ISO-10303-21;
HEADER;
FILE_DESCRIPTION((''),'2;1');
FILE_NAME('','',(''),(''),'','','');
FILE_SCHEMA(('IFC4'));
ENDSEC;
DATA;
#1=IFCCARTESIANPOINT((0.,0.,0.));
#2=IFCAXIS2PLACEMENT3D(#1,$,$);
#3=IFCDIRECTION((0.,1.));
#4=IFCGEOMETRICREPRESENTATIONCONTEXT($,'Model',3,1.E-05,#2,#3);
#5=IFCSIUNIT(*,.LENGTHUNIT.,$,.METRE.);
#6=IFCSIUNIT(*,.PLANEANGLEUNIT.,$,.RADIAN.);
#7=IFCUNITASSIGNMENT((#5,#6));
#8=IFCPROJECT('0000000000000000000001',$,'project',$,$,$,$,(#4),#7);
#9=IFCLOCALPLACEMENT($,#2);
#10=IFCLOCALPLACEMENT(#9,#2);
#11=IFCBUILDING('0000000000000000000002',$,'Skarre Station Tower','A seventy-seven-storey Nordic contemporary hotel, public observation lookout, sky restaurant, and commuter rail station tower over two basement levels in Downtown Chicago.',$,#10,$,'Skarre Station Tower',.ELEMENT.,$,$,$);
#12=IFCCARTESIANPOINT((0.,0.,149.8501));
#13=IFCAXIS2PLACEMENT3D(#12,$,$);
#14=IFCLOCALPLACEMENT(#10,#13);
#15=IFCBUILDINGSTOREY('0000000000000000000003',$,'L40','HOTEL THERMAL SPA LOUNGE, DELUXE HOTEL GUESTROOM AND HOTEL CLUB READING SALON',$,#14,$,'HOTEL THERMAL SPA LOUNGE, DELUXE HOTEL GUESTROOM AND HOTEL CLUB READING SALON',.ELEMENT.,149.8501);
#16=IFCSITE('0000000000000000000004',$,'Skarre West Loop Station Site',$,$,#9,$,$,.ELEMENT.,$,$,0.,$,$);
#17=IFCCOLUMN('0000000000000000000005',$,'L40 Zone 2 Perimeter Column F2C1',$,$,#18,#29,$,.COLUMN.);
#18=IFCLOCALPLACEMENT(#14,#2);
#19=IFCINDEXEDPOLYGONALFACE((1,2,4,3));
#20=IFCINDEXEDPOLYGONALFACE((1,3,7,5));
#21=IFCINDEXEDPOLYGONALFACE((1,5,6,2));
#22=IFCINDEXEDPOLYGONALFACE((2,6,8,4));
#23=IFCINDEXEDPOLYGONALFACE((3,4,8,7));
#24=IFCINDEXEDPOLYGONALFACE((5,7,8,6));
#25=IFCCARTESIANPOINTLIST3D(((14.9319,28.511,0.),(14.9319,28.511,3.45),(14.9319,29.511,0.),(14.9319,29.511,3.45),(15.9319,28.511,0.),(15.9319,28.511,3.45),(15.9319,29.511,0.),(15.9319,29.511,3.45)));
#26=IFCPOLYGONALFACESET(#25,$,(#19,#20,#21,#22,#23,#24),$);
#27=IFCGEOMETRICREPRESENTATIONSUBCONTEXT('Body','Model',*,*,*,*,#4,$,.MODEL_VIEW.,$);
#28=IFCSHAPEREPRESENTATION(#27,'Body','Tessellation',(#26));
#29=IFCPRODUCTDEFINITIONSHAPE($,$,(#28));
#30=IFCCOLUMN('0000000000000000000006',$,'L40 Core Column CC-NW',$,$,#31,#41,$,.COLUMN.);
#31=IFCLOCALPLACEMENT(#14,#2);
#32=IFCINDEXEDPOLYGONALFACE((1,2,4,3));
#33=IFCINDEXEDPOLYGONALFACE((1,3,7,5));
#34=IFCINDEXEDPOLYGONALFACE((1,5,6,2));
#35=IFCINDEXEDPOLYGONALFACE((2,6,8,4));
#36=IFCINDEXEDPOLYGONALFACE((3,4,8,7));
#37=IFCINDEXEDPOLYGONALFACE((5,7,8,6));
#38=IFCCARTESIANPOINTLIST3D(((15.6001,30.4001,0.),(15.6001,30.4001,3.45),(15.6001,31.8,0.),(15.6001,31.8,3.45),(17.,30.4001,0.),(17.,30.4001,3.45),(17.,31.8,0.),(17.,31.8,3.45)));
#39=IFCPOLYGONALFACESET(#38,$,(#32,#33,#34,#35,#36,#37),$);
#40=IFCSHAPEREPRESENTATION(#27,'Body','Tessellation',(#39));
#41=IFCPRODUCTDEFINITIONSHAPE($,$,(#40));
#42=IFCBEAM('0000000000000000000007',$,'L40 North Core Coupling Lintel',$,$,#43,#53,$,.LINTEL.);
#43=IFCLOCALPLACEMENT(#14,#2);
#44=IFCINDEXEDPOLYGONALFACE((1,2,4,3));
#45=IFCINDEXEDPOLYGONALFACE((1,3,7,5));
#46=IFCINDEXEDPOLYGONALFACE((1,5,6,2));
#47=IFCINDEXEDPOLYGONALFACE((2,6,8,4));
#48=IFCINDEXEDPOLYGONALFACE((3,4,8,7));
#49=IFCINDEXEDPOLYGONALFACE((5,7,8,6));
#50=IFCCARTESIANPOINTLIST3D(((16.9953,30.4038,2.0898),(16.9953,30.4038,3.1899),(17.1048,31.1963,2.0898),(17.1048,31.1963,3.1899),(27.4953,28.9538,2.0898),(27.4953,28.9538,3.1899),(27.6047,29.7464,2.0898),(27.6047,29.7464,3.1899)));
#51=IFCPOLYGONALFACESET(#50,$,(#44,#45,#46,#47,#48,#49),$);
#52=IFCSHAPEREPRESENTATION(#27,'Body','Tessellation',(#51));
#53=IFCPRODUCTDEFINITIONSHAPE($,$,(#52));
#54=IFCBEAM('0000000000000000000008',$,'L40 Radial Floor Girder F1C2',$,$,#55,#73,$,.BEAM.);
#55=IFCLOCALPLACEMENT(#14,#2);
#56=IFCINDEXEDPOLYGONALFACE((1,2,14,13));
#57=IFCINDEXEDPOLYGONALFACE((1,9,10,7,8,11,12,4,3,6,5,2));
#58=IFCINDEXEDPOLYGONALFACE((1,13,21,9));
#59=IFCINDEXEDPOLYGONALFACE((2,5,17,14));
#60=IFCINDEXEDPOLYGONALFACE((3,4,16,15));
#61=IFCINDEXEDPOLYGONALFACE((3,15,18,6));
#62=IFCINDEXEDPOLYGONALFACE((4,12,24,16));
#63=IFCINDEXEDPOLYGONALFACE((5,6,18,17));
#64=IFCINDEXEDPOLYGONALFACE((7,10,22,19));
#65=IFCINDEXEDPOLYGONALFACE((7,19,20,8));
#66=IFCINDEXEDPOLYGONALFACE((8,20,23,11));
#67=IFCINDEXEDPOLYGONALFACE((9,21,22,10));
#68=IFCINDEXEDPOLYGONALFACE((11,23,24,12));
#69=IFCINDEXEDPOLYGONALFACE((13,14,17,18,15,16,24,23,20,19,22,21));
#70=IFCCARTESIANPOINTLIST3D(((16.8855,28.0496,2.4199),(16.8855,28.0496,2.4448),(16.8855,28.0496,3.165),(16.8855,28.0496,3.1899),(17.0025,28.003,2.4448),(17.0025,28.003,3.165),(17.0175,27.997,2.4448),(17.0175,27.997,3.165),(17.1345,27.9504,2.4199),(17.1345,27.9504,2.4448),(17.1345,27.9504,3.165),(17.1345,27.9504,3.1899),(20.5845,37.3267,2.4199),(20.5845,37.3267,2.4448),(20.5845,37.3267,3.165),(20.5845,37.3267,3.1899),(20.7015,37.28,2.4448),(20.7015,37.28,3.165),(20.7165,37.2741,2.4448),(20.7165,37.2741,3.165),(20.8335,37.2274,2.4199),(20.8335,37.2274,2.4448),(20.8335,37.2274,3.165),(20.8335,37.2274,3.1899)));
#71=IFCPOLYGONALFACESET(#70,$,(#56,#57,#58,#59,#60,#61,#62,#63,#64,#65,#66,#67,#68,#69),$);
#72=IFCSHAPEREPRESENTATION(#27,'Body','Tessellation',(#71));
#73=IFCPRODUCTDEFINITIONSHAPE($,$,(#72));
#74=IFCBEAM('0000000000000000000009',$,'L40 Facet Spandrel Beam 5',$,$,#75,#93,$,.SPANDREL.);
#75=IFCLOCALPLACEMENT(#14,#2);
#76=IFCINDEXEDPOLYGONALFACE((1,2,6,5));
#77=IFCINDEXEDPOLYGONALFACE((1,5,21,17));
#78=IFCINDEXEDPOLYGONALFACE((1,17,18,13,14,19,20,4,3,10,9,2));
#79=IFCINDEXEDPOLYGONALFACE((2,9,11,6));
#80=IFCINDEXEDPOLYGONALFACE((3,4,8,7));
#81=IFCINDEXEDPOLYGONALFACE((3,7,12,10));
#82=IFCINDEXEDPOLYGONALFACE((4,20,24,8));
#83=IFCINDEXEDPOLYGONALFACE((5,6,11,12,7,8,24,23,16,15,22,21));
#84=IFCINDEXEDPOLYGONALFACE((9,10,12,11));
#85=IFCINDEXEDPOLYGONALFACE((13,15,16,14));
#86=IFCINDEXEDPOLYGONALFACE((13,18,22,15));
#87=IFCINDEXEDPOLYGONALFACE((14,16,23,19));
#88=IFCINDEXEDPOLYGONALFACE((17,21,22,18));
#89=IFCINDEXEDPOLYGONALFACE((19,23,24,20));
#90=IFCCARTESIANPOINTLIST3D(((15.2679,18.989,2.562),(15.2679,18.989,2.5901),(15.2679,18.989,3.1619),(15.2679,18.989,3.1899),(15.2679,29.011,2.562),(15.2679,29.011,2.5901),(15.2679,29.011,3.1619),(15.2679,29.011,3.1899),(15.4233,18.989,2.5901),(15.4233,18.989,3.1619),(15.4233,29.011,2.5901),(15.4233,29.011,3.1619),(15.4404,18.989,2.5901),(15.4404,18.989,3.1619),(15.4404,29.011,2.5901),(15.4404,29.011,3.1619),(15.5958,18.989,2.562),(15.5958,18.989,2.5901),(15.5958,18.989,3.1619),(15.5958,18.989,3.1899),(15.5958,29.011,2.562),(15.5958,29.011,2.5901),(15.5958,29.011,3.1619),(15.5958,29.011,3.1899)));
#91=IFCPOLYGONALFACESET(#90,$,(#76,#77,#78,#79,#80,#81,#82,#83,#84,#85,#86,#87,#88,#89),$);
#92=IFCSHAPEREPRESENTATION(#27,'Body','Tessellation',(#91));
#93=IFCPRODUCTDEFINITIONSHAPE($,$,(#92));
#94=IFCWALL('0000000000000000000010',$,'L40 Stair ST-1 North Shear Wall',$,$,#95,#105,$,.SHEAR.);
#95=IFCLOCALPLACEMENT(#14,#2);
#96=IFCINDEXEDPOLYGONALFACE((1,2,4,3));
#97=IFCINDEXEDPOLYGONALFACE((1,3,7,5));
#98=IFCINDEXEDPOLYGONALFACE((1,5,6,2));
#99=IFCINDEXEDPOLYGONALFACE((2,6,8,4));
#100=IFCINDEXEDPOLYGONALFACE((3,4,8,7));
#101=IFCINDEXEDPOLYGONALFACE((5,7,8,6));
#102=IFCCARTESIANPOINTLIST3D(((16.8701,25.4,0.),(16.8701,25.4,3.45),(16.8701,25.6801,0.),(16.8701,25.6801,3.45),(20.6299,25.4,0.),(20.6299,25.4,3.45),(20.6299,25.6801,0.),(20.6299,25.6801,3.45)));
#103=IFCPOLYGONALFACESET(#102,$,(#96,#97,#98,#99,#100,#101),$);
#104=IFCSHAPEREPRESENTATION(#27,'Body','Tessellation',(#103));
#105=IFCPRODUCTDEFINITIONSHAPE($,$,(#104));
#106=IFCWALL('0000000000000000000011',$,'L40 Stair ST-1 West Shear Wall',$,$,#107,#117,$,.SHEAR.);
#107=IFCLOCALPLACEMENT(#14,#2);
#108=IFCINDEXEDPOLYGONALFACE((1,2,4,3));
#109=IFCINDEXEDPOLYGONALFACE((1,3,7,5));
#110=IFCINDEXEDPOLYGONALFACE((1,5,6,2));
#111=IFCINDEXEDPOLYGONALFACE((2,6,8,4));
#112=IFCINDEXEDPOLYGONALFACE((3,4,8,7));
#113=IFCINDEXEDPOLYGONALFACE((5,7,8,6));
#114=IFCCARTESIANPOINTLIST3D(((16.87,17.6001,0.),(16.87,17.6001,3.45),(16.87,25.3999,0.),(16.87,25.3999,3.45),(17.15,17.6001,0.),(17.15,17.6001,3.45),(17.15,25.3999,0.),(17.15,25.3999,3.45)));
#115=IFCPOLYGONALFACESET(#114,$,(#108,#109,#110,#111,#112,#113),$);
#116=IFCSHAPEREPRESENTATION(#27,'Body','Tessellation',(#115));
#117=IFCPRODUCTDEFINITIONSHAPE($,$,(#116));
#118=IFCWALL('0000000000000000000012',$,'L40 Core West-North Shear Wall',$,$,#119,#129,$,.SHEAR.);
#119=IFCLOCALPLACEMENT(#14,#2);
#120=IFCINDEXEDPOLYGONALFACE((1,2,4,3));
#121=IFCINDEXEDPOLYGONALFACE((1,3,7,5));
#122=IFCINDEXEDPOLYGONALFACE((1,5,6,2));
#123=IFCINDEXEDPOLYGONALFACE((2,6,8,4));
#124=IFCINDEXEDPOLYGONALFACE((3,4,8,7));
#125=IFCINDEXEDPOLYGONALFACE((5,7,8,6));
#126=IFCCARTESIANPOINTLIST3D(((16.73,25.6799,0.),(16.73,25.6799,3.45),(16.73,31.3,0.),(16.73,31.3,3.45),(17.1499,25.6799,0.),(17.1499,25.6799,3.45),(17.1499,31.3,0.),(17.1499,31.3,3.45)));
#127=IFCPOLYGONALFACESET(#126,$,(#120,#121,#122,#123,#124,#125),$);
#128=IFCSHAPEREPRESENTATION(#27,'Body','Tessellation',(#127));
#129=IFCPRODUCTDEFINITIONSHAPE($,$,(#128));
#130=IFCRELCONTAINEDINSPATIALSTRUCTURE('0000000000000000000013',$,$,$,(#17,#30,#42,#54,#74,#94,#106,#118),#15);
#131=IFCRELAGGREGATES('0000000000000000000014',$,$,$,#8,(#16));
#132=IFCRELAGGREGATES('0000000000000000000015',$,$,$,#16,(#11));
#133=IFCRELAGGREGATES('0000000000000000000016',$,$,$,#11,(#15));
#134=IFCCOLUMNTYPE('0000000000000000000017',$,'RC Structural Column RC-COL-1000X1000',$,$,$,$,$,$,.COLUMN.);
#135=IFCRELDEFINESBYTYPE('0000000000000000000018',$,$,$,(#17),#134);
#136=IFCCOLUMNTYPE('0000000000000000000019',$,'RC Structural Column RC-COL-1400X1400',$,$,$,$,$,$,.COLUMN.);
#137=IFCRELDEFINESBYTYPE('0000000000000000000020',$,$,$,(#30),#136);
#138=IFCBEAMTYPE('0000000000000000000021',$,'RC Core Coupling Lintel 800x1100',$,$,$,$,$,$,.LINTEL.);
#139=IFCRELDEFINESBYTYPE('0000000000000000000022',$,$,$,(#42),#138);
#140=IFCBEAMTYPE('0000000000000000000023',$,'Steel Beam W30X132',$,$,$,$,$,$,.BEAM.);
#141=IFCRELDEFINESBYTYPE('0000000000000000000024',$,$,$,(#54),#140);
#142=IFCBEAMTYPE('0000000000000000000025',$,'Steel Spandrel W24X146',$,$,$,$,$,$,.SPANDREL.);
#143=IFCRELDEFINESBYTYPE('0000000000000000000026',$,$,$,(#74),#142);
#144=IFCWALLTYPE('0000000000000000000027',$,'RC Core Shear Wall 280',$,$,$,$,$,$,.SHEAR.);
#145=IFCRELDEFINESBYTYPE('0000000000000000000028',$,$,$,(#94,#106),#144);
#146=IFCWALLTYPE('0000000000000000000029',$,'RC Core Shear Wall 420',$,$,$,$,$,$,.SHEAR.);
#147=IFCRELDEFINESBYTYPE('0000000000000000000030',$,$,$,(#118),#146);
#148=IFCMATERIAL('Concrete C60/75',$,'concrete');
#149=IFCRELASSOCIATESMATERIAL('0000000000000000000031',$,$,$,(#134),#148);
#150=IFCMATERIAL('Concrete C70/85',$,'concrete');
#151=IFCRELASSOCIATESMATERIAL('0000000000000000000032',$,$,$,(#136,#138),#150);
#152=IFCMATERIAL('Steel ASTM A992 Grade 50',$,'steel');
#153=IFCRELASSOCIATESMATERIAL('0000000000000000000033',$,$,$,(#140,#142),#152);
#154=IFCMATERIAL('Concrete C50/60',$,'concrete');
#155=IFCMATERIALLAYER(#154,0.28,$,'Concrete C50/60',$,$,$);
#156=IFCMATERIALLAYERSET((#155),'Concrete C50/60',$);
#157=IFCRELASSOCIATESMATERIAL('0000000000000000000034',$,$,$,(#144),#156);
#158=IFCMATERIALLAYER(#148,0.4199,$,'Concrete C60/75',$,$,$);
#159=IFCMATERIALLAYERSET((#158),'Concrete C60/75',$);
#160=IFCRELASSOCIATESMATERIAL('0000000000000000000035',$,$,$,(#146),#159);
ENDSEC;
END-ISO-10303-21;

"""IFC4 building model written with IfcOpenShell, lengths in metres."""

from ifc_helpers import new_model, si_unit, direction, frame, frame_2d, origin, origin_2d, place, context, subcontext, project, spatial, rectangle, i_section, extrude, material, layer, layer_set, material_profile, profile_set, type_object, element, save


model = new_model("IFC4")

# Units and contexts
model_context = context("Model", 3, precision=1e-05, world=origin(), true_north=direction((0.0, 1.0)))
body_context = subcontext(model_context, "Body", "Model", "MODEL_VIEW")
ifc_project = project(units=[si_unit("LENGTHUNIT", "METRE"), si_unit("PLANEANGLEUNIT", "RADIAN")], contexts=[model_context])

# Site, building, storey
site_placement = place(None, origin())
site = spatial("IfcSite", under=ifc_project, at=site_placement, Name="Skarre West Loop Station Site", CompositionType="ELEMENT", RefElevation=0.0)
building_placement = place(site_placement, origin())
building = spatial("IfcBuilding", under=site, at=building_placement, Name="Skarre Station Tower", Description="A seventy-seven-storey Nordic contemporary hotel, public observation lookout, sky restaurant, and commuter rail station tower over two basement levels in Downtown Chicago.", LongName="Skarre Station Tower", CompositionType="ELEMENT")
storey_placement = place(building_placement, frame((0.0, 0.0, 149.8501)))
storey = spatial("IfcBuildingStorey", under=building, at=storey_placement, Name="L40", Description="HOTEL THERMAL SPA LOUNGE, DELUXE HOTEL GUESTROOM AND HOTEL CLUB READING SALON", LongName="HOTEL THERMAL SPA LOUNGE, DELUXE HOTEL GUESTROOM AND HOTEL CLUB READING SALON", CompositionType="ELEMENT", Elevation=149.8501)

# Columns
ifc_material_1 = material(Name="Concrete C60/75", Category="concrete")
ifc_material_profile_1 = material_profile(ifc_material_1, rectangle(XDim=1.0, YDim=1.0, at=origin_2d()), Name="Concrete C60/75")
ifc_profile_set_1 = profile_set([ifc_material_profile_1], Name="Concrete C60/75")
column_type_1 = type_object("IfcColumnType", Name="RC Structural Column RC-COL-1000X1000", PredefinedType="COLUMN", material=ifc_profile_set_1)
column_1_placement = place(storey_placement, frame((15.4319, 29.011, 0.0), z_axis=(0.0, 0.0, 1.0), x_axis=(1.0, 0.0, 0.0)))
element("IfcColumn", 1, at=column_1_placement, inside=storey, type_object=column_type_1, Name="L40 Zone 2 Perimeter Column F2C1", PredefinedType="COLUMN", context=body_context, shape_type="SweptSolid", body=[
    extrude(rectangle(XDim=1.0, YDim=1.0, at=origin_2d()), origin(), (0.0, 0.0, 1.0), 3.45),
])
ifc_material_2 = material(Name="Concrete C70/85", Category="concrete")
ifc_material_profile_2 = material_profile(ifc_material_2, rectangle(XDim=1.3999, YDim=1.3999, at=origin_2d()), Name="Concrete C70/85")
ifc_profile_set_2 = profile_set([ifc_material_profile_2], Name="Concrete C70/85")
column_type_2 = type_object("IfcColumnType", Name="RC Structural Column RC-COL-1400X1400", PredefinedType="COLUMN", material=ifc_profile_set_2)
column_2_placement = place(storey_placement, frame((16.3, 31.1001, 0.0), z_axis=(0.0, 0.0, 1.0), x_axis=(1.0, 0.0, 0.0)))
element("IfcColumn", 2, at=column_2_placement, inside=storey, type_object=column_type_2, Name="L40 Core Column CC-NW", PredefinedType="COLUMN", context=body_context, shape_type="SweptSolid", body=[
    extrude(rectangle(XDim=1.3999, YDim=1.3999, at=origin_2d()), origin(), (0.0, 0.0, 1.0), 3.45),
])

# Beams
ifc_material_profile_3 = material_profile(ifc_material_2, rectangle(XDim=0.8, YDim=1.1001, at=origin_2d()), Name="Concrete C70/85")
ifc_profile_set_3 = profile_set([ifc_material_profile_3], Name="Concrete C70/85")
beam_type_1 = type_object("IfcBeamType", Name="RC Core Coupling Lintel 800x1100", PredefinedType="LINTEL", material=ifc_profile_set_3)
beam_1_placement = place(storey_placement, frame((17.05, 30.8, 2.6399), z_axis=(0.9906, -0.136792, 0.0), x_axis=(0.136792, 0.9906, 0.0)))
element("IfcBeam", 3, at=beam_1_placement, inside=storey, type_object=beam_type_1, Name="L40 North Core Coupling Lintel", PredefinedType="LINTEL", context=body_context, shape_type="SweptSolid", body=[
    extrude(rectangle(XDim=0.8, YDim=1.1001, at=origin_2d()), origin(), (0.0, 0.0, 1.0), 10.5996),
])
ifc_material_3 = material(Name="Steel ASTM A992 Grade 50", Category="steel")
ifc_material_profile_4 = material_profile(ifc_material_3, i_section(OverallWidth=0.2681, OverallDepth=0.77, WebThickness=0.0161, FlangeThickness=0.0249, at=origin_2d()), Name="Steel ASTM A992 Grade 50")
ifc_profile_set_4 = profile_set([ifc_material_profile_4], Name="Steel ASTM A992 Grade 50")
beam_type_2 = type_object("IfcBeamType", Name="Steel Beam W30X132", PredefinedType="BEAM", material=ifc_profile_set_4)
beam_2_placement = place(storey_placement, frame((17.01, 28.0, 2.8049), z_axis=(0.370366, 0.928886, 0.0), x_axis=(-0.928886, 0.370366, 0.0)))
element("IfcBeam", 4, at=beam_2_placement, inside=storey, type_object=beam_type_2, Name="L40 Radial Floor Girder F1C2", PredefinedType="BEAM", context=body_context, shape_type="SweptSolid", body=[
    extrude(i_section(OverallWidth=0.2681, OverallDepth=0.77, WebThickness=0.0161, FlangeThickness=0.0249, at=origin_2d()), origin(), (0.0, 0.0, 1.0), 9.9873),
])
ifc_material_profile_5 = material_profile(ifc_material_3, i_section(OverallWidth=0.3279, OverallDepth=0.6279, WebThickness=0.0171, FlangeThickness=0.0281, at=origin_2d()), Name="Steel ASTM A992 Grade 50")
ifc_profile_set_5 = profile_set([ifc_material_profile_5], Name="Steel ASTM A992 Grade 50")
beam_type_3 = type_object("IfcBeamType", Name="Steel Spandrel W24X146", PredefinedType="SPANDREL", material=ifc_profile_set_5)
beam_3_placement = place(storey_placement, frame((15.4319, 29.011, 2.876), z_axis=(0.0, -1.0, 0.0), x_axis=(1.0, 0.0, 0.0)))
element("IfcBeam", 5, at=beam_3_placement, inside=storey, type_object=beam_type_3, Name="L40 Facet Spandrel Beam 5", PredefinedType="SPANDREL", context=body_context, shape_type="SweptSolid", body=[
    extrude(i_section(OverallWidth=0.3279, OverallDepth=0.6279, WebThickness=0.0171, FlangeThickness=0.0281, at=origin_2d()), origin(), (0.0, 0.0, 1.0), 10.022),
])

# Walls
ifc_material_4 = material(Name="Concrete C50/60", Category="concrete")
ifc_layer_1 = layer(ifc_material_4, 0.28, Name="Concrete C50/60")
ifc_layer_set_1 = layer_set([ifc_layer_1], Name="Concrete C50/60")
wall_type_1 = type_object("IfcWallType", Name="RC Core Shear Wall 280", PredefinedType="SHEAR", material=ifc_layer_set_1)
wall_1_placement = place(storey_placement, frame((20.6299, 25.54, 0.0), z_axis=(0.0, 0.0, 1.0), x_axis=(-1.0, 0.0, 0.0)))
element("IfcWall", 6, at=wall_1_placement, inside=storey, type_object=wall_type_1, Name="L40 Stair ST-1 North Shear Wall", PredefinedType="SHEAR", context=body_context, shape_type="SweptSolid", body=[
    extrude(rectangle(XDim=3.7598, YDim=0.28, at=frame_2d((1.8799, 0.0))), origin(), (0.0, 0.0, 1.0), 3.45),
])
wall_2_placement = place(storey_placement, frame((17.01, 25.3999, 0.0), z_axis=(0.0, 0.0, 1.0), x_axis=(0.0, -1.0, 0.0)))
element("IfcWall", 7, at=wall_2_placement, inside=storey, type_object=wall_type_1, Name="L40 Stair ST-1 West Shear Wall", PredefinedType="SHEAR", context=body_context, shape_type="SweptSolid", body=[
    extrude(rectangle(XDim=7.7998, YDim=0.28, at=frame_2d((3.8999, 0.0))), origin(), (0.0, 0.0, 1.0), 3.45),
])
ifc_layer_2 = layer(ifc_material_1, 0.4199, Name="Concrete C60/75")
ifc_layer_set_2 = layer_set([ifc_layer_2], Name="Concrete C60/75")
wall_type_2 = type_object("IfcWallType", Name="RC Core Shear Wall 420", PredefinedType="SHEAR", material=ifc_layer_set_2)
wall_3_placement = place(storey_placement, frame((16.9399, 25.6799, 0.0), z_axis=(0.0, 0.0, 1.0), x_axis=(0.0, 1.0, 0.0)))
element("IfcWall", 8, at=wall_3_placement, inside=storey, type_object=wall_type_2, Name="L40 Core West-North Shear Wall", PredefinedType="SHEAR", context=body_context, shape_type="SweptSolid", body=[
    extrude(rectangle(XDim=5.6201, YDim=0.4199, at=frame_2d((2.8101, 0.0))), origin(), (0.0, 0.0, 1.0), 3.45),
])

save(model, "model.ifc")
